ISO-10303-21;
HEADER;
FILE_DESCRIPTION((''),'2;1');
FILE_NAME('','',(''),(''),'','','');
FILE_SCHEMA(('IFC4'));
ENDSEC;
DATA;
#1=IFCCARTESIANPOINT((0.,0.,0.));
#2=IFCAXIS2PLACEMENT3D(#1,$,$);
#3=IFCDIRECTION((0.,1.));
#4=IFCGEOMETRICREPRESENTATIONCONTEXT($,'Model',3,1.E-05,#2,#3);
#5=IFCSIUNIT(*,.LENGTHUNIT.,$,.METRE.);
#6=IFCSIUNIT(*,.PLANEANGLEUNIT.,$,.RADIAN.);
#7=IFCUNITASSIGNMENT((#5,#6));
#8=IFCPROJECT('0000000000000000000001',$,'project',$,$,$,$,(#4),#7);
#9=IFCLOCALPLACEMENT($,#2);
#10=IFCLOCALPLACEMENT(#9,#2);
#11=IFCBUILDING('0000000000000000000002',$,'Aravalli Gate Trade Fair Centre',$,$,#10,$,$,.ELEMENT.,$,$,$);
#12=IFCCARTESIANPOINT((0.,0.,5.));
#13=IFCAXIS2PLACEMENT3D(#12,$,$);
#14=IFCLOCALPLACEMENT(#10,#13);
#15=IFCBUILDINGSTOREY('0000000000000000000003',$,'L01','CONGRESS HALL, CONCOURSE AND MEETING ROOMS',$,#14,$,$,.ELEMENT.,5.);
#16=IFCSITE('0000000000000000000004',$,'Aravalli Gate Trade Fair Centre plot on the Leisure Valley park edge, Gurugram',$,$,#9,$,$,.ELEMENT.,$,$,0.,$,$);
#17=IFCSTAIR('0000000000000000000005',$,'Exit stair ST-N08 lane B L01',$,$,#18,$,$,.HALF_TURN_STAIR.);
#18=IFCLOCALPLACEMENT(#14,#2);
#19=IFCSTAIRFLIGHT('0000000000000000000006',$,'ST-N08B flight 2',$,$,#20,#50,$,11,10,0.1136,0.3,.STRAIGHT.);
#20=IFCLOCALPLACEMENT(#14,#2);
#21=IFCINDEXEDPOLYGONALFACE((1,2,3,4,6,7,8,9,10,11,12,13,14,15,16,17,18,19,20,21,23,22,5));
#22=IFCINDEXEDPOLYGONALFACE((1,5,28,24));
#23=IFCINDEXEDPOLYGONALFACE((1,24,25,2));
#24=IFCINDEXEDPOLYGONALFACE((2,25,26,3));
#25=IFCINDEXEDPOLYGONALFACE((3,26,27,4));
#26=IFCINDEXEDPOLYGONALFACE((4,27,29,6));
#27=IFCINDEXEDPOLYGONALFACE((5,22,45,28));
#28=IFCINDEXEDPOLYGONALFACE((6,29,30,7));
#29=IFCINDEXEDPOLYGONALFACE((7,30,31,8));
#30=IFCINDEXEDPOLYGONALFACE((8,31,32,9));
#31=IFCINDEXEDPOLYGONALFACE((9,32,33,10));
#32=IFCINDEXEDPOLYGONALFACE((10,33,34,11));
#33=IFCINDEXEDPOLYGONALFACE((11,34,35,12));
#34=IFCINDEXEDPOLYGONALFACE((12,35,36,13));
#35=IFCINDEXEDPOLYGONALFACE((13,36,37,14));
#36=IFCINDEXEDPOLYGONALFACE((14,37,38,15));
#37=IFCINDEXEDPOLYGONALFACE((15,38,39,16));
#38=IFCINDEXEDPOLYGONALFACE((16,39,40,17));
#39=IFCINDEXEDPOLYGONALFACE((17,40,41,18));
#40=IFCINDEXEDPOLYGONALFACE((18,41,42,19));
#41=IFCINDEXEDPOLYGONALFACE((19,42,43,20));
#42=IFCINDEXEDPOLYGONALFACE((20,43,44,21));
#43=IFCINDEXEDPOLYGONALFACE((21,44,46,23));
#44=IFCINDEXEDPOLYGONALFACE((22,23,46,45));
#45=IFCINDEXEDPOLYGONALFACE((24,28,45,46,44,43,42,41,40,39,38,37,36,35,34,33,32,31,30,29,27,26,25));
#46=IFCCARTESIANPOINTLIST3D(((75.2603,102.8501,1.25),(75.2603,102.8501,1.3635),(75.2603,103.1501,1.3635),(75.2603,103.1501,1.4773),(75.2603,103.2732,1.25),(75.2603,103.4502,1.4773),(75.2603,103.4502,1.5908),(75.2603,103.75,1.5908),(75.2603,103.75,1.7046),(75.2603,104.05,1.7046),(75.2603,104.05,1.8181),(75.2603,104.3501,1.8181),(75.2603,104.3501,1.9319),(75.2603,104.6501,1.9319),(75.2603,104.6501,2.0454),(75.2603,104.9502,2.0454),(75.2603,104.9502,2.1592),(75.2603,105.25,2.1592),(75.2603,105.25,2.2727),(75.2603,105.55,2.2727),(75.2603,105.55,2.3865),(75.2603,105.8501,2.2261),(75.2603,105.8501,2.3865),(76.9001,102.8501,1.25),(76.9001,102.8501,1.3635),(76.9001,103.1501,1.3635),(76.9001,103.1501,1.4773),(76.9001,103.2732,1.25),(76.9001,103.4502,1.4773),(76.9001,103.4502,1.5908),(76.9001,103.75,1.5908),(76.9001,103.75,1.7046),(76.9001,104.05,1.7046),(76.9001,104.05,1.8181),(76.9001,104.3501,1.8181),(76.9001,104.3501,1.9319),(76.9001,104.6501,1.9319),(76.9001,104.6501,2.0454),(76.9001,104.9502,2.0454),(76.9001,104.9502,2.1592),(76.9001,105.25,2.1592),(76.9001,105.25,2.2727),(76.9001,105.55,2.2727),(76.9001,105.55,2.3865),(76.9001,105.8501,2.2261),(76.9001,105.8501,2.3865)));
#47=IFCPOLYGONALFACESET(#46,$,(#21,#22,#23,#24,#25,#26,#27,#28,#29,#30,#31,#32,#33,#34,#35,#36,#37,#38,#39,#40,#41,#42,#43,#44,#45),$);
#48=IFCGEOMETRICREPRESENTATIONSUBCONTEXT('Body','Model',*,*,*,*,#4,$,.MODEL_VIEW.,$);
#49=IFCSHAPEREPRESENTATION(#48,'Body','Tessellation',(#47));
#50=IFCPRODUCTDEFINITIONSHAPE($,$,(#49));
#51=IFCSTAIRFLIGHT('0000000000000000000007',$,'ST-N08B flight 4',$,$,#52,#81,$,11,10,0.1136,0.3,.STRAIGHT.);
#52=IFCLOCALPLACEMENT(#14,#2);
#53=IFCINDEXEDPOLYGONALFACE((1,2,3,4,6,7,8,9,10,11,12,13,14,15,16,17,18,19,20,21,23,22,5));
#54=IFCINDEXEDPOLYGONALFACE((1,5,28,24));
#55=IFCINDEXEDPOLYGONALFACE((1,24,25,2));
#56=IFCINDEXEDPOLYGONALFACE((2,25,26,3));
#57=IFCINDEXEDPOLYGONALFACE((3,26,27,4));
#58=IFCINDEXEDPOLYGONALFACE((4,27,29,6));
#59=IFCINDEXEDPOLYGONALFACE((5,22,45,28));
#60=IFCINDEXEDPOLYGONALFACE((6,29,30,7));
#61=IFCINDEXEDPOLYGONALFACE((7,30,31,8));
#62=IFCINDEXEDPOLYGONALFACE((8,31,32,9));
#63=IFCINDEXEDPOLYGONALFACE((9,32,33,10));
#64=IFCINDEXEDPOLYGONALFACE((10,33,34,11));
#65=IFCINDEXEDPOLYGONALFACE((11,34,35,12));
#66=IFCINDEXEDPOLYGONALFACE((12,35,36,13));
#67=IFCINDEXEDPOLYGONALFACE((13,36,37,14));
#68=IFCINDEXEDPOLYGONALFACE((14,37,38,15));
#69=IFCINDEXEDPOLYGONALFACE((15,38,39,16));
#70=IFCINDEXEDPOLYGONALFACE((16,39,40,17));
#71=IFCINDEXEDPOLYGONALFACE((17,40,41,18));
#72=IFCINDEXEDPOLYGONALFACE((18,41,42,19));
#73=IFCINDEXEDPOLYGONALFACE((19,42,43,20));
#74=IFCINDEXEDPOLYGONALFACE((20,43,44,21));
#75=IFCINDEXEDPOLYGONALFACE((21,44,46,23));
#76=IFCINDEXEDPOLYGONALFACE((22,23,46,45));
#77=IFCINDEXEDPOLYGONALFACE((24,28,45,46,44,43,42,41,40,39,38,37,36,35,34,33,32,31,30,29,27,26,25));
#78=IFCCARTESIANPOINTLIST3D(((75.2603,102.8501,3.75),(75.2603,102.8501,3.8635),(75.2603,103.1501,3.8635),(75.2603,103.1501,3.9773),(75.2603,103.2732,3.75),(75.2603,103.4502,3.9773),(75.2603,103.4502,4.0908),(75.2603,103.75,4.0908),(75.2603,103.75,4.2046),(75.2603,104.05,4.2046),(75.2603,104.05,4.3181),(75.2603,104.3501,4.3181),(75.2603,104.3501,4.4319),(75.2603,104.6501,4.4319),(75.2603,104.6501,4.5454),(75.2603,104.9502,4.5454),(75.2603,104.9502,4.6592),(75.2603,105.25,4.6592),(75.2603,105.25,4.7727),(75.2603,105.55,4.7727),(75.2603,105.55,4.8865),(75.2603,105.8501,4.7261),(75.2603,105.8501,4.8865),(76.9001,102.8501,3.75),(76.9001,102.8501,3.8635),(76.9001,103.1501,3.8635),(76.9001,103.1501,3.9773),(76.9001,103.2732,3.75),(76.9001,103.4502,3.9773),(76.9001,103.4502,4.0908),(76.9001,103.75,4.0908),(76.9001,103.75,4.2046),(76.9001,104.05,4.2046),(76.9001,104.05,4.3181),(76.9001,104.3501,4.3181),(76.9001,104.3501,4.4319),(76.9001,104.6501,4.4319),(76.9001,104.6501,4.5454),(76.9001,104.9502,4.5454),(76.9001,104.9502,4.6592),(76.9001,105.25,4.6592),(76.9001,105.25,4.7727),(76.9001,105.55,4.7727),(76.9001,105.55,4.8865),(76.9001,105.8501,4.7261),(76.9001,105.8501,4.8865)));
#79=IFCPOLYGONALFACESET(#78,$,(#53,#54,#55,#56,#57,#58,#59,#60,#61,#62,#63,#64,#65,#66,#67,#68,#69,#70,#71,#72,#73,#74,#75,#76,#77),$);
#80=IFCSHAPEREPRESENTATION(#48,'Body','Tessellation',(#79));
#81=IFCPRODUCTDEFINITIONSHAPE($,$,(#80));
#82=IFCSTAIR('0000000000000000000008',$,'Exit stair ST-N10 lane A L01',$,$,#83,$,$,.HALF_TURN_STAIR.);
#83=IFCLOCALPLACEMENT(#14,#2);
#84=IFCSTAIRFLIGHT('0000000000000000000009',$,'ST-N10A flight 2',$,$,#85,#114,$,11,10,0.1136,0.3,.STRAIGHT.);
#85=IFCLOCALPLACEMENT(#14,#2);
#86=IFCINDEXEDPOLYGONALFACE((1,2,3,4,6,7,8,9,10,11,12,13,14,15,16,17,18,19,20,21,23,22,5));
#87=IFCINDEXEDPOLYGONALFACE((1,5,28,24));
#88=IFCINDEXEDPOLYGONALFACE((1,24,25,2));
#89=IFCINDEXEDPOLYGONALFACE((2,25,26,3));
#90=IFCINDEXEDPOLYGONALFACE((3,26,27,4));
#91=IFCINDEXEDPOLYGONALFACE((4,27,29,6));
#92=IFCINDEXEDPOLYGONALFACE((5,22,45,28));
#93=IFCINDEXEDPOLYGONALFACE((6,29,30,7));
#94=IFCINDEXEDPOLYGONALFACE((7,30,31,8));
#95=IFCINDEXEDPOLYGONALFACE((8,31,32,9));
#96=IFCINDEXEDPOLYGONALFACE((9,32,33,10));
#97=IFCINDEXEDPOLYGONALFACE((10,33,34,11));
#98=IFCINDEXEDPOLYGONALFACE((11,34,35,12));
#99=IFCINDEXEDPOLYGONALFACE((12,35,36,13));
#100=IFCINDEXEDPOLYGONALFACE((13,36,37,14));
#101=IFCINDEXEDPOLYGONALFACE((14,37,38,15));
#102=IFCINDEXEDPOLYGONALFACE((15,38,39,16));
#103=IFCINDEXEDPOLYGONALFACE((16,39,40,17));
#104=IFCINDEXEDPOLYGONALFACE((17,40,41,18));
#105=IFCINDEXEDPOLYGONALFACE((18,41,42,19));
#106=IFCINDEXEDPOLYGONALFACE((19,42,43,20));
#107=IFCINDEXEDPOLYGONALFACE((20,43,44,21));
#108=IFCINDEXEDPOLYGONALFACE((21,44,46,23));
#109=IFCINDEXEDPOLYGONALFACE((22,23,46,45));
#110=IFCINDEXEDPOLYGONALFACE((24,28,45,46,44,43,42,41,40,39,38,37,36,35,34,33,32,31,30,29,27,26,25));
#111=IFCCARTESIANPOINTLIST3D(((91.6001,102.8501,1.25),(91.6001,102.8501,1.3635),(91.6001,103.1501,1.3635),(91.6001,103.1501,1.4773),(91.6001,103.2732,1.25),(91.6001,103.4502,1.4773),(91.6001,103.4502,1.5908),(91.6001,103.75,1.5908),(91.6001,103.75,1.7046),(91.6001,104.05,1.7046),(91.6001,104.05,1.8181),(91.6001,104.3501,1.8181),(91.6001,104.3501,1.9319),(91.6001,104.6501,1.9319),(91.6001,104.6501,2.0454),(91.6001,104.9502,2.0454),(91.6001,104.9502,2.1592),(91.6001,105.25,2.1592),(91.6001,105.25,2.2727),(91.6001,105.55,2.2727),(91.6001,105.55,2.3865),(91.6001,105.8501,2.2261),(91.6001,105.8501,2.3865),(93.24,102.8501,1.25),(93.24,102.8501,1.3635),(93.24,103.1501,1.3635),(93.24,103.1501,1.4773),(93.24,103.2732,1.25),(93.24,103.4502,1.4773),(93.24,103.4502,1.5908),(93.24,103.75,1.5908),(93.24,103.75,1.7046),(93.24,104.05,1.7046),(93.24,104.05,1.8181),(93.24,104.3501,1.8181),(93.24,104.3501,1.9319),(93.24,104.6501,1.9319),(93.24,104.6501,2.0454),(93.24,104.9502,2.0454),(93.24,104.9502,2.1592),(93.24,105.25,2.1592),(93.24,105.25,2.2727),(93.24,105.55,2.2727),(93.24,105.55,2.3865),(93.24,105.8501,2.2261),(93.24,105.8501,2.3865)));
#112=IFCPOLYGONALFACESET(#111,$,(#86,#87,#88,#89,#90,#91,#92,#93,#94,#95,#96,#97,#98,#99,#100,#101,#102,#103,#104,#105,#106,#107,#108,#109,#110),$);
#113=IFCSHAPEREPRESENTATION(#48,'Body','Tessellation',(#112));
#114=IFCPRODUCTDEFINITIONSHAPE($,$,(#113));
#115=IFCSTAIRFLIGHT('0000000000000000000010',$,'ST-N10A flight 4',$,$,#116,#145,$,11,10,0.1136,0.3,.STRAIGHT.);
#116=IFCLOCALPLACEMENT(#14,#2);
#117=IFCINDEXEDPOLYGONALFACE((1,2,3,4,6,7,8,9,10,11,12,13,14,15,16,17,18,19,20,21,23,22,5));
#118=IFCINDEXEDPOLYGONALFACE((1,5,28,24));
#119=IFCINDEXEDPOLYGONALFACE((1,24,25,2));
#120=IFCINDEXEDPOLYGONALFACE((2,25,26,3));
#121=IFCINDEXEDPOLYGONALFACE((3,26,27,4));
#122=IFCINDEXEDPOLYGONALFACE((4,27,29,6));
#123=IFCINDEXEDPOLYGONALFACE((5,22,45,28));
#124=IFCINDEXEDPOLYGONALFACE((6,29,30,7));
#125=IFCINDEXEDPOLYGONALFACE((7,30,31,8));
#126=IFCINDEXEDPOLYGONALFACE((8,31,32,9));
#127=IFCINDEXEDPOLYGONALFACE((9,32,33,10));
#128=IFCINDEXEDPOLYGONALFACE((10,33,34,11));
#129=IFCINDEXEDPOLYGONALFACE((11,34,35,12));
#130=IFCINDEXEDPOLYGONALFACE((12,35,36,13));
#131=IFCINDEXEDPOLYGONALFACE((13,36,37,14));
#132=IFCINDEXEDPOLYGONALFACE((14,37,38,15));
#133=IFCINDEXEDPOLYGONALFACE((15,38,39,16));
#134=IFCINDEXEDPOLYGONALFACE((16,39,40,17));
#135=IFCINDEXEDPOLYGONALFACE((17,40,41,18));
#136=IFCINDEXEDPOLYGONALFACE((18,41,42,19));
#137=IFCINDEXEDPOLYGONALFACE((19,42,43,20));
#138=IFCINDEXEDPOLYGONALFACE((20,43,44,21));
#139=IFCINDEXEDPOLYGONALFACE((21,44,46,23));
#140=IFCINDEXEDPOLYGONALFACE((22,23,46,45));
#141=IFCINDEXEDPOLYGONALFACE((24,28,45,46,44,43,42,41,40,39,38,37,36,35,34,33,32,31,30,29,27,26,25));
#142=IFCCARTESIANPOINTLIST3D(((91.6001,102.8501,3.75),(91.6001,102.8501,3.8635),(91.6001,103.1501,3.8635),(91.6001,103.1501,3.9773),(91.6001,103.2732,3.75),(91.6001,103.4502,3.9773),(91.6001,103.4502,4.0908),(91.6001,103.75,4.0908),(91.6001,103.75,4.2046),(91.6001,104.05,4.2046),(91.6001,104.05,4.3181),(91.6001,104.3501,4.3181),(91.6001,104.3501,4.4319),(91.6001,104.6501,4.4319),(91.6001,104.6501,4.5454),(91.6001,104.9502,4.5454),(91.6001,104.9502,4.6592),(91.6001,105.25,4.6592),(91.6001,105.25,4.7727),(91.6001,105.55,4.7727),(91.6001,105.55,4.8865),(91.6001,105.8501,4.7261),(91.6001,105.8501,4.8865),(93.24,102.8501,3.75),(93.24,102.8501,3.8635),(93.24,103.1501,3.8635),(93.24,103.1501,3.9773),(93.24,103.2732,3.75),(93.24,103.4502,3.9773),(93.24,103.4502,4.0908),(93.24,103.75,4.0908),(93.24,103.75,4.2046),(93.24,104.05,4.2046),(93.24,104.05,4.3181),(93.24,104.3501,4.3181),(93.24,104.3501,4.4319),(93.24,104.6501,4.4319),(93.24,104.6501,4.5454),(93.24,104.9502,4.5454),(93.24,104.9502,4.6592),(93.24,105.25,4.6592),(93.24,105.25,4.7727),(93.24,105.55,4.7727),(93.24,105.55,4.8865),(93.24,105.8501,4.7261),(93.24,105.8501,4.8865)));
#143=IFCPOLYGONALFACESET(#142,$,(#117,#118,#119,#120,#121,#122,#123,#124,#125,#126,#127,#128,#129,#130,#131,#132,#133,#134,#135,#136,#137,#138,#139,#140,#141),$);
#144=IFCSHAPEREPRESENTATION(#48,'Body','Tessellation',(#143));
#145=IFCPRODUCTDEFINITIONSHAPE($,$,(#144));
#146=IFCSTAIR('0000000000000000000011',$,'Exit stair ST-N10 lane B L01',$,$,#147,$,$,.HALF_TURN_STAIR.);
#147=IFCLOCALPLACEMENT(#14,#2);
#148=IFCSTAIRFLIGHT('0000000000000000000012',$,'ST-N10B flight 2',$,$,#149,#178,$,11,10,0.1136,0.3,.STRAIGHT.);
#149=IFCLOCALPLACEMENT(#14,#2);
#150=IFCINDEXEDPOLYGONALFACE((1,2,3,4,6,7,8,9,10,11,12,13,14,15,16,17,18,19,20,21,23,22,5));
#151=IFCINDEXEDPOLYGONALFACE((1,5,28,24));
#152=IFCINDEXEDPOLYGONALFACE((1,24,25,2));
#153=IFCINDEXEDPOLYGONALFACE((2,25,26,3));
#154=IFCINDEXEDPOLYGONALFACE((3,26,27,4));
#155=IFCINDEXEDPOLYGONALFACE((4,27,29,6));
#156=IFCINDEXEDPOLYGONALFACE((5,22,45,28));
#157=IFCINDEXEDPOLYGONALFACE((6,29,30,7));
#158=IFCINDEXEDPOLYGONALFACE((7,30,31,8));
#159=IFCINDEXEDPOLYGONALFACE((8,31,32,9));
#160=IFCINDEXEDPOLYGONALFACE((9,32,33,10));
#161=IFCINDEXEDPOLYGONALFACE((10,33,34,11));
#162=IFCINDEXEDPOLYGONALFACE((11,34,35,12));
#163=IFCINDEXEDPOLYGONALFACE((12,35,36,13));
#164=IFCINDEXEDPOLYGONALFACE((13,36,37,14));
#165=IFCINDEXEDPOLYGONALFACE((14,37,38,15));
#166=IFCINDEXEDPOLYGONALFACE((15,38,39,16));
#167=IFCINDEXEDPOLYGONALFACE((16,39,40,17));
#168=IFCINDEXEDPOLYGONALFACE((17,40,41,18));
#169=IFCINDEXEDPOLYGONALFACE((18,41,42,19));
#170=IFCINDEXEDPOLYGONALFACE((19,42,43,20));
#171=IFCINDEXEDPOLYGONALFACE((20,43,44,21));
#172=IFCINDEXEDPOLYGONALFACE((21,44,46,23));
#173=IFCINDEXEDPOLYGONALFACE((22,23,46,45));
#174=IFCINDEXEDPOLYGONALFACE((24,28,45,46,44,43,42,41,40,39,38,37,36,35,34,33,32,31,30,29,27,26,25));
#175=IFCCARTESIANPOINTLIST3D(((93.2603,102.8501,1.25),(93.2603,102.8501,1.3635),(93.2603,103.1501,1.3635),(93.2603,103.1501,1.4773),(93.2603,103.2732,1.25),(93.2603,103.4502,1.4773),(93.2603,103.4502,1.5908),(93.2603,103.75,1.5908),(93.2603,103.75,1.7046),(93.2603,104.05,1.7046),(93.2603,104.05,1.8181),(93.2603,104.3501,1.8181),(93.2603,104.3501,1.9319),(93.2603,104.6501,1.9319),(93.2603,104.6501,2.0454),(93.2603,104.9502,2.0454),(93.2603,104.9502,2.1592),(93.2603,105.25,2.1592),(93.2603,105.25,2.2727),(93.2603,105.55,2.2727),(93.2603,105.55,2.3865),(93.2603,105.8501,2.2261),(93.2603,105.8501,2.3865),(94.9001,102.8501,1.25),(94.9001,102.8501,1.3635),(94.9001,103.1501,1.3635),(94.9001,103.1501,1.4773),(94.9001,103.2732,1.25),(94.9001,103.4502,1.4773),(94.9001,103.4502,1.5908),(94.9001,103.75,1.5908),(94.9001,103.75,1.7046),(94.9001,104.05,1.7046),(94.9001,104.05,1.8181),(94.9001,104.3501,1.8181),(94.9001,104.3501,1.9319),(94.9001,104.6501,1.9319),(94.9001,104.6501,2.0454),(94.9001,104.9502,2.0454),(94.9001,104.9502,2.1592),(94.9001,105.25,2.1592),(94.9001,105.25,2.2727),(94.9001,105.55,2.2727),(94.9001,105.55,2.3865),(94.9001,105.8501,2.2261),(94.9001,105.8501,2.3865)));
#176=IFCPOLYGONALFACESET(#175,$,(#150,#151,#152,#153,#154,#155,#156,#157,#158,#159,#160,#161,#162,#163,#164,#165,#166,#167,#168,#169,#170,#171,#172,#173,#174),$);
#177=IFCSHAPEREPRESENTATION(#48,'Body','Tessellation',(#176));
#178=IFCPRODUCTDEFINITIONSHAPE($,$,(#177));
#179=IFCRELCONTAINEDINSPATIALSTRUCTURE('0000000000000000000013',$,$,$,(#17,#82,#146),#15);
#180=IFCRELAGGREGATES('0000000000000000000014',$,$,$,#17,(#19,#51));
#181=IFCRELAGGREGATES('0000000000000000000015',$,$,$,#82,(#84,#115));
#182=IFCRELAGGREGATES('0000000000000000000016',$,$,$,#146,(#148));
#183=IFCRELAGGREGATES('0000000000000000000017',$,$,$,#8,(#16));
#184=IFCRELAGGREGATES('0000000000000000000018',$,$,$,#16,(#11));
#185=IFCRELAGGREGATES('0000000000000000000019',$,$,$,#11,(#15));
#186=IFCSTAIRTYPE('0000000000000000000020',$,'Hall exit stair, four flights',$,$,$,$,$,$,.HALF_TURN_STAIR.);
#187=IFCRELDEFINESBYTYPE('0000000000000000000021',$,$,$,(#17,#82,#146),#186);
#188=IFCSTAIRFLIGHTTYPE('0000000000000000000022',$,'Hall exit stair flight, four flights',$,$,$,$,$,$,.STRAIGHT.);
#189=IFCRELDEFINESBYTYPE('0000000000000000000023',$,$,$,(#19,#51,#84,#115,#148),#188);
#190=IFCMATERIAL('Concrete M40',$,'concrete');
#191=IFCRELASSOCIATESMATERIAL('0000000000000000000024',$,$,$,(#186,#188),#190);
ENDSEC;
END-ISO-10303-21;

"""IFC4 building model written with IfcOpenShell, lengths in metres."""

from ifc_helpers import new_model, si_unit, direction, frame, origin, place, context, subcontext, project, spatial, polyline, outline, extrude, material, type_object, element, aggregate, save


model = new_model("IFC4")

# Units and contexts
model_context = context("Model", 3, precision=1e-05, world=origin(), true_north=direction((0.0, 1.0)))
body_context = subcontext(model_context, "Body", "Model", "MODEL_VIEW")
ifc_project = project(units=[si_unit("LENGTHUNIT", "METRE"), si_unit("PLANEANGLEUNIT", "RADIAN")], contexts=[model_context])

# Site, building, storey
site_placement = place(None, origin())
site = spatial("IfcSite", under=ifc_project, at=site_placement, Name="Aravalli Gate Trade Fair Centre plot on the Leisure Valley park edge, Gurugram", CompositionType="ELEMENT", RefElevation=0.0)
building_placement = place(site_placement, origin())
building = spatial("IfcBuilding", under=site, at=building_placement, Name="Aravalli Gate Trade Fair Centre", CompositionType="ELEMENT")
storey_placement = place(building_placement, frame((0.0, 0.0, 5.0)))
storey = spatial("IfcBuildingStorey", under=building, at=storey_placement, Name="L01", Description="CONGRESS HALL, CONCOURSE AND MEETING ROOMS", CompositionType="ELEMENT", Elevation=5.0)

# Shared definitions
ifc_material_1 = material(Name="Concrete M40", Category="concrete")

# Stairs, stair flights
stair_type = type_object("IfcStairType", Name="Hall exit stair, four flights", PredefinedType="HALF_TURN_STAIR", material=ifc_material_1)
stair_flight_type = type_object("IfcStairFlightType", Name="Hall exit stair flight, four flights", PredefinedType="STRAIGHT", material=ifc_material_1)
stair_1_placement = place(storey_placement, origin())
stair_1 = element("IfcStair", 1, at=stair_1_placement, inside=storey, type_object=stair_type, Name="Exit stair ST-N08 lane B L01", PredefinedType="HALF_TURN_STAIR")
stair_flight_1_placement = place(storey_placement, frame((76.0801, 102.8501, 1.25), z_axis=(0.0, 0.0, 1.0), x_axis=(0.0, 1.0, 0.0)))
stair_flight_1 = element("IfcStairFlight", 2, at=stair_flight_1_placement, type_object=stair_flight_type, Name="ST-N08B flight 2", NumberOfRisers=11, NumberOfTreads=10, PredefinedType="STRAIGHT", RiserHeight=0.1136, TreadLength=0.3, context=body_context, shape_type="SweptSolid", body=[
    extrude(outline(polyline([(0.0, 0.0), (0.0, 0.1135), (0.3, 0.1135), (0.3, 0.2273), (0.6001, 0.2273), (0.6001, 0.3408), (0.8999, 0.3408), (0.8999, 0.4546), (1.2, 0.4546), (1.2, 0.5681), (1.5, 0.5681), (1.5, 0.6819), (1.8, 0.6819), (1.8, 0.7954), (2.1001, 0.7954), (2.1001, 0.9092), (2.3999, 0.9092), (2.3999, 1.0227), (2.7, 1.0227), (2.7, 1.1365), (3.0, 1.1365), (3.0, 1.25), (3.0, 0.9761), (0.4231, 0.0), (0.0, 0.0)])), frame((0.0, 0.8198, 0.0), z_axis=(0.0, -1.0, 0.0), x_axis=(1.0, 0.0, 0.0)), (0.0, 0.0, 1.0), 1.6399),
])
stair_flight_2_placement = place(storey_placement, frame((76.0801, 102.8501, 3.75), z_axis=(0.0, 0.0, 1.0), x_axis=(0.0, 1.0, 0.0)))
stair_flight_2 = element("IfcStairFlight", 3, at=stair_flight_2_placement, type_object=stair_flight_type, Name="ST-N08B flight 4", NumberOfRisers=11, NumberOfTreads=10, PredefinedType="STRAIGHT", RiserHeight=0.1136, TreadLength=0.3, context=body_context, shape_type="SweptSolid", body=[
    extrude(outline(polyline([(0.0, 0.0), (0.0, 0.1135), (0.3, 0.1135), (0.3, 0.2273), (0.6001, 0.2273), (0.6001, 0.3408), (0.8999, 0.3408), (0.8999, 0.4546), (1.2, 0.4546), (1.2, 0.5681), (1.5, 0.5681), (1.5, 0.6819), (1.8, 0.6819), (1.8, 0.7954), (2.1001, 0.7954), (2.1001, 0.9092), (2.3999, 0.9092), (2.3999, 1.0227), (2.7, 1.0227), (2.7, 1.1365), (3.0, 1.1365), (3.0, 1.25), (3.0, 0.9761), (0.4231, 0.0), (0.0, 0.0)])), frame((0.0, 0.8198, 0.0), z_axis=(0.0, -1.0, 0.0), x_axis=(1.0, 0.0, 0.0)), (0.0, 0.0, 1.0), 1.6399),
])
aggregate(stair_1, [stair_flight_1, stair_flight_2])
stair_2_placement = place(storey_placement, origin())
stair_2 = element("IfcStair", 4, at=stair_2_placement, inside=storey, type_object=stair_type, Name="Exit stair ST-N10 lane A L01", PredefinedType="HALF_TURN_STAIR")
stair_flight_3_placement = place(storey_placement, frame((92.4199, 102.8501, 1.25), z_axis=(0.0, 0.0, 1.0), x_axis=(0.0, 1.0, 0.0)))
stair_flight_3 = element("IfcStairFlight", 5, at=stair_flight_3_placement, type_object=stair_flight_type, Name="ST-N10A flight 2", NumberOfRisers=11, NumberOfTreads=10, PredefinedType="STRAIGHT", RiserHeight=0.1136, TreadLength=0.3, context=body_context, shape_type="SweptSolid", body=[
    extrude(outline(polyline([(0.0, 0.0), (0.0, 0.1135), (0.3, 0.1135), (0.3, 0.2273), (0.6001, 0.2273), (0.6001, 0.3408), (0.8999, 0.3408), (0.8999, 0.4546), (1.2, 0.4546), (1.2, 0.5681), (1.5, 0.5681), (1.5, 0.6819), (1.8, 0.6819), (1.8, 0.7954), (2.1001, 0.7954), (2.1001, 0.9092), (2.3999, 0.9092), (2.3999, 1.0227), (2.7, 1.0227), (2.7, 1.1365), (3.0, 1.1365), (3.0, 1.25), (3.0, 0.9761), (0.4231, 0.0), (0.0, 0.0)])), frame((0.0, 0.8198, 0.0), z_axis=(0.0, -1.0, 0.0), x_axis=(1.0, 0.0, 0.0)), (0.0, 0.0, 1.0), 1.6399),
])
stair_flight_4_placement = place(storey_placement, frame((92.4199, 102.8501, 3.75), z_axis=(0.0, 0.0, 1.0), x_axis=(0.0, 1.0, 0.0)))
stair_flight_4 = element("IfcStairFlight", 6, at=stair_flight_4_placement, type_object=stair_flight_type, Name="ST-N10A flight 4", NumberOfRisers=11, NumberOfTreads=10, PredefinedType="STRAIGHT", RiserHeight=0.1136, TreadLength=0.3, context=body_context, shape_type="SweptSolid", body=[
    extrude(outline(polyline([(0.0, 0.0), (0.0, 0.1135), (0.3, 0.1135), (0.3, 0.2273), (0.6001, 0.2273), (0.6001, 0.3408), (0.8999, 0.3408), (0.8999, 0.4546), (1.2, 0.4546), (1.2, 0.5681), (1.5, 0.5681), (1.5, 0.6819), (1.8, 0.6819), (1.8, 0.7954), (2.1001, 0.7954), (2.1001, 0.9092), (2.3999, 0.9092), (2.3999, 1.0227), (2.7, 1.0227), (2.7, 1.1365), (3.0, 1.1365), (3.0, 1.25), (3.0, 0.9761), (0.4231, 0.0), (0.0, 0.0)])), frame((0.0, 0.8198, 0.0), z_axis=(0.0, -1.0, 0.0), x_axis=(1.0, 0.0, 0.0)), (0.0, 0.0, 1.0), 1.6399),
])
aggregate(stair_2, [stair_flight_3, stair_flight_4])
stair_3_placement = place(storey_placement, origin())
stair_3 = element("IfcStair", 7, at=stair_3_placement, inside=storey, type_object=stair_type, Name="Exit stair ST-N10 lane B L01", PredefinedType="HALF_TURN_STAIR")
stair_flight_5_placement = place(storey_placement, frame((94.0801, 102.8501, 1.25), z_axis=(0.0, 0.0, 1.0), x_axis=(0.0, 1.0, 0.0)))
stair_flight_5 = element("IfcStairFlight", 8, at=stair_flight_5_placement, type_object=stair_flight_type, Name="ST-N10B flight 2", NumberOfRisers=11, NumberOfTreads=10, PredefinedType="STRAIGHT", RiserHeight=0.1136, TreadLength=0.3, context=body_context, shape_type="SweptSolid", body=[
    extrude(outline(polyline([(0.0, 0.0), (0.0, 0.1135), (0.3, 0.1135), (0.3, 0.2273), (0.6001, 0.2273), (0.6001, 0.3408), (0.8999, 0.3408), (0.8999, 0.4546), (1.2, 0.4546), (1.2, 0.5681), (1.5, 0.5681), (1.5, 0.6819), (1.8, 0.6819), (1.8, 0.7954), (2.1001, 0.7954), (2.1001, 0.9092), (2.3999, 0.9092), (2.3999, 1.0227), (2.7, 1.0227), (2.7, 1.1365), (3.0, 1.1365), (3.0, 1.25), (3.0, 0.9761), (0.4231, 0.0), (0.0, 0.0)])), frame((0.0, 0.8198, 0.0), z_axis=(0.0, -1.0, 0.0), x_axis=(1.0, 0.0, 0.0)), (0.0, 0.0, 1.0), 1.6399),
])
aggregate(stair_3, [stair_flight_5])

save(model, "model.ifc")
